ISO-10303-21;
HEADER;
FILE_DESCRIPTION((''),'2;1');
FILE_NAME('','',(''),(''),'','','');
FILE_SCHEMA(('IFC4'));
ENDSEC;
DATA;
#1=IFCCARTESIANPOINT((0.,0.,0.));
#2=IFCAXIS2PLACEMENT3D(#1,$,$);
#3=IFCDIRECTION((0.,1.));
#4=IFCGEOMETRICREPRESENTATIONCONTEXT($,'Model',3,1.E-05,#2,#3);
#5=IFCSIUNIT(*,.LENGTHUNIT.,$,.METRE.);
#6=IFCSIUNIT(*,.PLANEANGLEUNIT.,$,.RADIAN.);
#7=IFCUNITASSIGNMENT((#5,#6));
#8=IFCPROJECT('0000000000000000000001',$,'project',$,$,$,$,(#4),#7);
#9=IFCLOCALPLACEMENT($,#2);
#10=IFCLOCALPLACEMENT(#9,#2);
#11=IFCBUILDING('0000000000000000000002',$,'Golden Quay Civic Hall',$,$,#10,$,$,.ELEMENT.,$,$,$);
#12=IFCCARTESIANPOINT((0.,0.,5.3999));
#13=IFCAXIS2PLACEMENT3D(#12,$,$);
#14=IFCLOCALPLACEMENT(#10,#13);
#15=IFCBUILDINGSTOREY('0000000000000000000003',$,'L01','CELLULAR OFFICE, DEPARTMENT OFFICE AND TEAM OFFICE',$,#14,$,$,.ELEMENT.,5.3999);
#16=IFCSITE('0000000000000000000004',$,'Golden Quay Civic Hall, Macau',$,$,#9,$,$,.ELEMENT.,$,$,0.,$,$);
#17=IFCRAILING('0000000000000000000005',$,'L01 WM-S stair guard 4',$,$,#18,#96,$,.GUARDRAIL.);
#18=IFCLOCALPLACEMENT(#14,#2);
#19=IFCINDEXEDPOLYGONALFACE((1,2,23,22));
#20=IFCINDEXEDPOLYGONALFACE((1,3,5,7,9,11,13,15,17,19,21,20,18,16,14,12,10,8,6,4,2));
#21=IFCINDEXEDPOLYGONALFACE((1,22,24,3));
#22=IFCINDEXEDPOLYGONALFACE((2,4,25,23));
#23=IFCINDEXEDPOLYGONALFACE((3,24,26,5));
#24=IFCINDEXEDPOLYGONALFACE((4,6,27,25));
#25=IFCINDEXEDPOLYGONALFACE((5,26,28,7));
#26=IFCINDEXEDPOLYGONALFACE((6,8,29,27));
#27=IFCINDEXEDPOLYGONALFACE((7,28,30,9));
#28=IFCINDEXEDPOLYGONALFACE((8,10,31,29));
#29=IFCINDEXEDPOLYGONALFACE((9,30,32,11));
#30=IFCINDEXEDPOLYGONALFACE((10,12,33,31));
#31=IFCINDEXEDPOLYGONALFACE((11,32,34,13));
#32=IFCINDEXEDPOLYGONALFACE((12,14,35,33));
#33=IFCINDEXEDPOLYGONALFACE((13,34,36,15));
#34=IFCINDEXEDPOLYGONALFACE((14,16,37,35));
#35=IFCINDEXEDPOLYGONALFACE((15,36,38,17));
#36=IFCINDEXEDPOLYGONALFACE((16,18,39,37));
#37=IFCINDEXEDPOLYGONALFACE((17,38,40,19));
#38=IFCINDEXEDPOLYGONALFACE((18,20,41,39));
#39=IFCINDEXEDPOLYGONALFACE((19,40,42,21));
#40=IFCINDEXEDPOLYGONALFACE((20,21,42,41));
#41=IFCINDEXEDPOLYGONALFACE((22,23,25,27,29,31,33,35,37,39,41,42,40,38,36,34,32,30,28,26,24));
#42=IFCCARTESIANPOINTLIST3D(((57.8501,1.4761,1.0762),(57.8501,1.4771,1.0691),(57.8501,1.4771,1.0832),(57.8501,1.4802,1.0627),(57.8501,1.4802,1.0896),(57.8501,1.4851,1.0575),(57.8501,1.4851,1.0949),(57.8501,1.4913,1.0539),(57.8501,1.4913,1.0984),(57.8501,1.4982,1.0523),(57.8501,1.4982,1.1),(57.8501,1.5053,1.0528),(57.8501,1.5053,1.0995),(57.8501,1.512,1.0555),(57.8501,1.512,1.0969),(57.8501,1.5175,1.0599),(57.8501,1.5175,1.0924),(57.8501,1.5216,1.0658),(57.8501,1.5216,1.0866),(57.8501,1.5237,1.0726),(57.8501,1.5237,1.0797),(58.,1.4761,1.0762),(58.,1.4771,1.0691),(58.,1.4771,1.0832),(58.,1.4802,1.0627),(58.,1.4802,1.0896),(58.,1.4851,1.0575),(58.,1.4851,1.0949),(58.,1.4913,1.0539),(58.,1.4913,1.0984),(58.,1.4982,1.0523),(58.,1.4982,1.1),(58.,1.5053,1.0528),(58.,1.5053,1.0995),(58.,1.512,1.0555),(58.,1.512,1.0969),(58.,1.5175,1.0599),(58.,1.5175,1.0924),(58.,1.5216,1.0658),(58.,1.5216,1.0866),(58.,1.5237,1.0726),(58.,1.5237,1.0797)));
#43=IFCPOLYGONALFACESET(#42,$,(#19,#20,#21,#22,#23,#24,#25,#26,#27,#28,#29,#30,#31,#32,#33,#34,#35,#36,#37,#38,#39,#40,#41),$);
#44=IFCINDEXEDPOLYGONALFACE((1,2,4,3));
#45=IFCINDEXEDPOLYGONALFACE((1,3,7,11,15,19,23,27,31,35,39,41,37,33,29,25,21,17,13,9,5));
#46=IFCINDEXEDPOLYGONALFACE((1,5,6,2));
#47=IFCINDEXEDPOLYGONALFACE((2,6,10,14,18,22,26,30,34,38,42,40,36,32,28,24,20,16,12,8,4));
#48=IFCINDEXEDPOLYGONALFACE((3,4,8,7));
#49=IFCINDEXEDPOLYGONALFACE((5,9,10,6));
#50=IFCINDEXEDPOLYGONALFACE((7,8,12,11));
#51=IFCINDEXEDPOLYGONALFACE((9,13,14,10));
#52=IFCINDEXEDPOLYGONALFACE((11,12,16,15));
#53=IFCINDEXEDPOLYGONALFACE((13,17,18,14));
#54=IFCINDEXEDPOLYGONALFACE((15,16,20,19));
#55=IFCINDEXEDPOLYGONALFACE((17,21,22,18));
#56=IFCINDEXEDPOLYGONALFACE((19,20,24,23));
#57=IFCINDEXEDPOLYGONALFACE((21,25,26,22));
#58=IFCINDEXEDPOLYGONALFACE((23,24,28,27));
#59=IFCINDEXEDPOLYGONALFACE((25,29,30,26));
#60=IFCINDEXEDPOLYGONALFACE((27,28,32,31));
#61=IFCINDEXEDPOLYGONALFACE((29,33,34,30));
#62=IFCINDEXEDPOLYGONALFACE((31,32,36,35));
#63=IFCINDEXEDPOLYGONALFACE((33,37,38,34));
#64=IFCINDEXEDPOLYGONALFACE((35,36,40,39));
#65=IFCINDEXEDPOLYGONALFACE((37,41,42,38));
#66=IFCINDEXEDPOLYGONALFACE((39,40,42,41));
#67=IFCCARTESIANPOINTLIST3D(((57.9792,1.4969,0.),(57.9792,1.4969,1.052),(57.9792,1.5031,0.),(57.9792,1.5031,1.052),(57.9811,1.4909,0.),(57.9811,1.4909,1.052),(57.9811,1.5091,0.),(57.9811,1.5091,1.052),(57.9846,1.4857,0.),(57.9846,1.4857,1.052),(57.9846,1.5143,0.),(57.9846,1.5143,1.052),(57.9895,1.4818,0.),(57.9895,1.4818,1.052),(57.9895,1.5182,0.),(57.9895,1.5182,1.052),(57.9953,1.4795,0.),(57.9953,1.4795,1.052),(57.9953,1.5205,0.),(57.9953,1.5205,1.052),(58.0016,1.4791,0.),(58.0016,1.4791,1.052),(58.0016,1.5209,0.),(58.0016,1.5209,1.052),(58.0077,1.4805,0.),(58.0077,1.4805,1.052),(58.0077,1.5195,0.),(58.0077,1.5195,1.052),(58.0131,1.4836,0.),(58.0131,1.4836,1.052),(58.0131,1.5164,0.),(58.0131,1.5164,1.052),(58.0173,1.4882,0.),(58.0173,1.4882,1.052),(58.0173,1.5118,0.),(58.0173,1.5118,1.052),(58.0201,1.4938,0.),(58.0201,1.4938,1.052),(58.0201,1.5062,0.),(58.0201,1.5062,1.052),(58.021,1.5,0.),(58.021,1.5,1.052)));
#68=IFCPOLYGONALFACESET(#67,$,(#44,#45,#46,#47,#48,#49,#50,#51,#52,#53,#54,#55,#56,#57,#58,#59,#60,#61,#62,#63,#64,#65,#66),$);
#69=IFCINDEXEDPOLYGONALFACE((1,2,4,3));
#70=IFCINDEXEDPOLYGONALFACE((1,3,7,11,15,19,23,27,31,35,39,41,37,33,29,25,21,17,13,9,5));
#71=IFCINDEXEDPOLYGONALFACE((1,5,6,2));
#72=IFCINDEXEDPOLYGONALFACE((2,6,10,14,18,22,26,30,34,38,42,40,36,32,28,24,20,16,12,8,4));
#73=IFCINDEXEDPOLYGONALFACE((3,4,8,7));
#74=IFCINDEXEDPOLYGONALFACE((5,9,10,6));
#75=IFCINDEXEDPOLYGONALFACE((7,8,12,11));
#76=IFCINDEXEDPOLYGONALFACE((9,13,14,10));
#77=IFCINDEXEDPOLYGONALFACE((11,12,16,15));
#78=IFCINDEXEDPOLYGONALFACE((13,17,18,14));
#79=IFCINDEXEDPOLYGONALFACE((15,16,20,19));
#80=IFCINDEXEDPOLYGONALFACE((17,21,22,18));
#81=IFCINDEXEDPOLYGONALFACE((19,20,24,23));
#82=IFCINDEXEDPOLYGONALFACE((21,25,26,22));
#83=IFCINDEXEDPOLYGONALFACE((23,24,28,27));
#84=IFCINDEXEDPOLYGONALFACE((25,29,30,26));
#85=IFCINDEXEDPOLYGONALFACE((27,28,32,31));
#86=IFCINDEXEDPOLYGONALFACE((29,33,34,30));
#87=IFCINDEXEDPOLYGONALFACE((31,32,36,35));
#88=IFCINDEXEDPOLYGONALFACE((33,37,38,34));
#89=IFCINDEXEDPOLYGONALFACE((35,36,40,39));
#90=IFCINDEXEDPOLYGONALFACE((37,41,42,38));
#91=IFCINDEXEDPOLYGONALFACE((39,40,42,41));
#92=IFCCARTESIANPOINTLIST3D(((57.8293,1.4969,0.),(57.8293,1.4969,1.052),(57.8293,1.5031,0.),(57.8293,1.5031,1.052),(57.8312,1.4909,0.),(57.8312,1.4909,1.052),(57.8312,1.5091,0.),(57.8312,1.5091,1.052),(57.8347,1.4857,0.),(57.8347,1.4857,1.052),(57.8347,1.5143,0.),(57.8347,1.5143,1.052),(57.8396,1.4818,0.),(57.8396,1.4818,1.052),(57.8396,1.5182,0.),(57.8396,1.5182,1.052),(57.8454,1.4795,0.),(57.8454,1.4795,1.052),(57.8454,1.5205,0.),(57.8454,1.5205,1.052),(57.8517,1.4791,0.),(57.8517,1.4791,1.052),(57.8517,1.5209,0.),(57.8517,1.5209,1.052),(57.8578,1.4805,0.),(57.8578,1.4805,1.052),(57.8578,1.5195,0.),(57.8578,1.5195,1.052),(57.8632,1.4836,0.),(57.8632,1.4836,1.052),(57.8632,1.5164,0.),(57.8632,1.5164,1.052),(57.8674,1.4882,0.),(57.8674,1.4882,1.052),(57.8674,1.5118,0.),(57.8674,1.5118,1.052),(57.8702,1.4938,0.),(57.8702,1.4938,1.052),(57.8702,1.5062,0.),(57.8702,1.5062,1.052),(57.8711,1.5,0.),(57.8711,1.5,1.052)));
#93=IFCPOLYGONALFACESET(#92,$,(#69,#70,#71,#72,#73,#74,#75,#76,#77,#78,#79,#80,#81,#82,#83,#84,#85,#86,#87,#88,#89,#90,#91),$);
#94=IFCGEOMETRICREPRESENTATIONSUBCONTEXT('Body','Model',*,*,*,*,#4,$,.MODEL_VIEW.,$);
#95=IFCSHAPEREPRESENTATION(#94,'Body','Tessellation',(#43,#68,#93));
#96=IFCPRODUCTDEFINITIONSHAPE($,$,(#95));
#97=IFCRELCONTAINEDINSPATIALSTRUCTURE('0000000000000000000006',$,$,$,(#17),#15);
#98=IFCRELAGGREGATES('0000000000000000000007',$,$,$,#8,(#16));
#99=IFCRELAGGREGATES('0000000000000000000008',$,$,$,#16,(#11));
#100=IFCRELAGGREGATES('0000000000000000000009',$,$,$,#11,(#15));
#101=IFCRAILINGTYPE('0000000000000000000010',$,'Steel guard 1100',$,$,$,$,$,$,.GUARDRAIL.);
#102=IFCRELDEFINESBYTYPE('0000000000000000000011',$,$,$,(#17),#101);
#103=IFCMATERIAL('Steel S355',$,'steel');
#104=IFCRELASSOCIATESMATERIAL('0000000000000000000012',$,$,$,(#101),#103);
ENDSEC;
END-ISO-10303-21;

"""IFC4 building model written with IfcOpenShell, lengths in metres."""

from ifc_helpers import new_model, si_unit, direction, frame, origin, origin_2d, place, context, subcontext, project, spatial, circle, extrude, material, type_object, element, save


model = new_model("IFC4")

# Units and contexts
model_context = context("Model", 3, precision=1e-05, world=origin(), true_north=direction((0.0, 1.0)))
body_context = subcontext(model_context, "Body", "Model", "MODEL_VIEW")
ifc_project = project(units=[si_unit("LENGTHUNIT", "METRE"), si_unit("PLANEANGLEUNIT", "RADIAN")], contexts=[model_context])

# Site, building, storey
site_placement = place(None, origin())
site = spatial("IfcSite", under=ifc_project, at=site_placement, Name="Golden Quay Civic Hall, Macau", CompositionType="ELEMENT", RefElevation=0.0)
building_placement = place(site_placement, origin())
building = spatial("IfcBuilding", under=site, at=building_placement, Name="Golden Quay Civic Hall", CompositionType="ELEMENT")
storey_placement = place(building_placement, frame((0.0, 0.0, 5.3999)))
storey = spatial("IfcBuildingStorey", under=building, at=storey_placement, Name="L01", Description="CELLULAR OFFICE, DEPARTMENT OFFICE AND TEAM OFFICE", CompositionType="ELEMENT", Elevation=5.3999)

# Railing
ifc_material_1 = material(Name="Steel S355", Category="steel")
railing_type_1 = type_object("IfcRailingType", Name="Steel guard 1100", PredefinedType="GUARDRAIL", material=ifc_material_1)
railing_1_placement = place(storey_placement, frame((58.0, 1.5, 0.0)))
element("IfcRailing", 1, at=railing_1_placement, inside=storey, type_object=railing_type_1, Name="L01 WM-S stair guard 4", PredefinedType="GUARDRAIL", context=body_context, shape_type="SweptSolid", body=[
    extrude(circle(Radius=0.0239, at=origin_2d()), frame((0.0, 0.0, 1.0762), z_axis=(-1.0, 0.0, 0.0), x_axis=(0.0, -1.0, 0.0)), (0.0, 0.0, 1.0), 0.1499),
    extrude(circle(Radius=0.021, at=origin_2d()), origin(), (0.0, 0.0, 1.0), 1.052),
    extrude(circle(Radius=0.021, at=origin_2d()), frame((-0.1499, 0.0, 0.0)), (0.0, 0.0, 1.0), 1.052),
])

save(model, "model.ifc")
